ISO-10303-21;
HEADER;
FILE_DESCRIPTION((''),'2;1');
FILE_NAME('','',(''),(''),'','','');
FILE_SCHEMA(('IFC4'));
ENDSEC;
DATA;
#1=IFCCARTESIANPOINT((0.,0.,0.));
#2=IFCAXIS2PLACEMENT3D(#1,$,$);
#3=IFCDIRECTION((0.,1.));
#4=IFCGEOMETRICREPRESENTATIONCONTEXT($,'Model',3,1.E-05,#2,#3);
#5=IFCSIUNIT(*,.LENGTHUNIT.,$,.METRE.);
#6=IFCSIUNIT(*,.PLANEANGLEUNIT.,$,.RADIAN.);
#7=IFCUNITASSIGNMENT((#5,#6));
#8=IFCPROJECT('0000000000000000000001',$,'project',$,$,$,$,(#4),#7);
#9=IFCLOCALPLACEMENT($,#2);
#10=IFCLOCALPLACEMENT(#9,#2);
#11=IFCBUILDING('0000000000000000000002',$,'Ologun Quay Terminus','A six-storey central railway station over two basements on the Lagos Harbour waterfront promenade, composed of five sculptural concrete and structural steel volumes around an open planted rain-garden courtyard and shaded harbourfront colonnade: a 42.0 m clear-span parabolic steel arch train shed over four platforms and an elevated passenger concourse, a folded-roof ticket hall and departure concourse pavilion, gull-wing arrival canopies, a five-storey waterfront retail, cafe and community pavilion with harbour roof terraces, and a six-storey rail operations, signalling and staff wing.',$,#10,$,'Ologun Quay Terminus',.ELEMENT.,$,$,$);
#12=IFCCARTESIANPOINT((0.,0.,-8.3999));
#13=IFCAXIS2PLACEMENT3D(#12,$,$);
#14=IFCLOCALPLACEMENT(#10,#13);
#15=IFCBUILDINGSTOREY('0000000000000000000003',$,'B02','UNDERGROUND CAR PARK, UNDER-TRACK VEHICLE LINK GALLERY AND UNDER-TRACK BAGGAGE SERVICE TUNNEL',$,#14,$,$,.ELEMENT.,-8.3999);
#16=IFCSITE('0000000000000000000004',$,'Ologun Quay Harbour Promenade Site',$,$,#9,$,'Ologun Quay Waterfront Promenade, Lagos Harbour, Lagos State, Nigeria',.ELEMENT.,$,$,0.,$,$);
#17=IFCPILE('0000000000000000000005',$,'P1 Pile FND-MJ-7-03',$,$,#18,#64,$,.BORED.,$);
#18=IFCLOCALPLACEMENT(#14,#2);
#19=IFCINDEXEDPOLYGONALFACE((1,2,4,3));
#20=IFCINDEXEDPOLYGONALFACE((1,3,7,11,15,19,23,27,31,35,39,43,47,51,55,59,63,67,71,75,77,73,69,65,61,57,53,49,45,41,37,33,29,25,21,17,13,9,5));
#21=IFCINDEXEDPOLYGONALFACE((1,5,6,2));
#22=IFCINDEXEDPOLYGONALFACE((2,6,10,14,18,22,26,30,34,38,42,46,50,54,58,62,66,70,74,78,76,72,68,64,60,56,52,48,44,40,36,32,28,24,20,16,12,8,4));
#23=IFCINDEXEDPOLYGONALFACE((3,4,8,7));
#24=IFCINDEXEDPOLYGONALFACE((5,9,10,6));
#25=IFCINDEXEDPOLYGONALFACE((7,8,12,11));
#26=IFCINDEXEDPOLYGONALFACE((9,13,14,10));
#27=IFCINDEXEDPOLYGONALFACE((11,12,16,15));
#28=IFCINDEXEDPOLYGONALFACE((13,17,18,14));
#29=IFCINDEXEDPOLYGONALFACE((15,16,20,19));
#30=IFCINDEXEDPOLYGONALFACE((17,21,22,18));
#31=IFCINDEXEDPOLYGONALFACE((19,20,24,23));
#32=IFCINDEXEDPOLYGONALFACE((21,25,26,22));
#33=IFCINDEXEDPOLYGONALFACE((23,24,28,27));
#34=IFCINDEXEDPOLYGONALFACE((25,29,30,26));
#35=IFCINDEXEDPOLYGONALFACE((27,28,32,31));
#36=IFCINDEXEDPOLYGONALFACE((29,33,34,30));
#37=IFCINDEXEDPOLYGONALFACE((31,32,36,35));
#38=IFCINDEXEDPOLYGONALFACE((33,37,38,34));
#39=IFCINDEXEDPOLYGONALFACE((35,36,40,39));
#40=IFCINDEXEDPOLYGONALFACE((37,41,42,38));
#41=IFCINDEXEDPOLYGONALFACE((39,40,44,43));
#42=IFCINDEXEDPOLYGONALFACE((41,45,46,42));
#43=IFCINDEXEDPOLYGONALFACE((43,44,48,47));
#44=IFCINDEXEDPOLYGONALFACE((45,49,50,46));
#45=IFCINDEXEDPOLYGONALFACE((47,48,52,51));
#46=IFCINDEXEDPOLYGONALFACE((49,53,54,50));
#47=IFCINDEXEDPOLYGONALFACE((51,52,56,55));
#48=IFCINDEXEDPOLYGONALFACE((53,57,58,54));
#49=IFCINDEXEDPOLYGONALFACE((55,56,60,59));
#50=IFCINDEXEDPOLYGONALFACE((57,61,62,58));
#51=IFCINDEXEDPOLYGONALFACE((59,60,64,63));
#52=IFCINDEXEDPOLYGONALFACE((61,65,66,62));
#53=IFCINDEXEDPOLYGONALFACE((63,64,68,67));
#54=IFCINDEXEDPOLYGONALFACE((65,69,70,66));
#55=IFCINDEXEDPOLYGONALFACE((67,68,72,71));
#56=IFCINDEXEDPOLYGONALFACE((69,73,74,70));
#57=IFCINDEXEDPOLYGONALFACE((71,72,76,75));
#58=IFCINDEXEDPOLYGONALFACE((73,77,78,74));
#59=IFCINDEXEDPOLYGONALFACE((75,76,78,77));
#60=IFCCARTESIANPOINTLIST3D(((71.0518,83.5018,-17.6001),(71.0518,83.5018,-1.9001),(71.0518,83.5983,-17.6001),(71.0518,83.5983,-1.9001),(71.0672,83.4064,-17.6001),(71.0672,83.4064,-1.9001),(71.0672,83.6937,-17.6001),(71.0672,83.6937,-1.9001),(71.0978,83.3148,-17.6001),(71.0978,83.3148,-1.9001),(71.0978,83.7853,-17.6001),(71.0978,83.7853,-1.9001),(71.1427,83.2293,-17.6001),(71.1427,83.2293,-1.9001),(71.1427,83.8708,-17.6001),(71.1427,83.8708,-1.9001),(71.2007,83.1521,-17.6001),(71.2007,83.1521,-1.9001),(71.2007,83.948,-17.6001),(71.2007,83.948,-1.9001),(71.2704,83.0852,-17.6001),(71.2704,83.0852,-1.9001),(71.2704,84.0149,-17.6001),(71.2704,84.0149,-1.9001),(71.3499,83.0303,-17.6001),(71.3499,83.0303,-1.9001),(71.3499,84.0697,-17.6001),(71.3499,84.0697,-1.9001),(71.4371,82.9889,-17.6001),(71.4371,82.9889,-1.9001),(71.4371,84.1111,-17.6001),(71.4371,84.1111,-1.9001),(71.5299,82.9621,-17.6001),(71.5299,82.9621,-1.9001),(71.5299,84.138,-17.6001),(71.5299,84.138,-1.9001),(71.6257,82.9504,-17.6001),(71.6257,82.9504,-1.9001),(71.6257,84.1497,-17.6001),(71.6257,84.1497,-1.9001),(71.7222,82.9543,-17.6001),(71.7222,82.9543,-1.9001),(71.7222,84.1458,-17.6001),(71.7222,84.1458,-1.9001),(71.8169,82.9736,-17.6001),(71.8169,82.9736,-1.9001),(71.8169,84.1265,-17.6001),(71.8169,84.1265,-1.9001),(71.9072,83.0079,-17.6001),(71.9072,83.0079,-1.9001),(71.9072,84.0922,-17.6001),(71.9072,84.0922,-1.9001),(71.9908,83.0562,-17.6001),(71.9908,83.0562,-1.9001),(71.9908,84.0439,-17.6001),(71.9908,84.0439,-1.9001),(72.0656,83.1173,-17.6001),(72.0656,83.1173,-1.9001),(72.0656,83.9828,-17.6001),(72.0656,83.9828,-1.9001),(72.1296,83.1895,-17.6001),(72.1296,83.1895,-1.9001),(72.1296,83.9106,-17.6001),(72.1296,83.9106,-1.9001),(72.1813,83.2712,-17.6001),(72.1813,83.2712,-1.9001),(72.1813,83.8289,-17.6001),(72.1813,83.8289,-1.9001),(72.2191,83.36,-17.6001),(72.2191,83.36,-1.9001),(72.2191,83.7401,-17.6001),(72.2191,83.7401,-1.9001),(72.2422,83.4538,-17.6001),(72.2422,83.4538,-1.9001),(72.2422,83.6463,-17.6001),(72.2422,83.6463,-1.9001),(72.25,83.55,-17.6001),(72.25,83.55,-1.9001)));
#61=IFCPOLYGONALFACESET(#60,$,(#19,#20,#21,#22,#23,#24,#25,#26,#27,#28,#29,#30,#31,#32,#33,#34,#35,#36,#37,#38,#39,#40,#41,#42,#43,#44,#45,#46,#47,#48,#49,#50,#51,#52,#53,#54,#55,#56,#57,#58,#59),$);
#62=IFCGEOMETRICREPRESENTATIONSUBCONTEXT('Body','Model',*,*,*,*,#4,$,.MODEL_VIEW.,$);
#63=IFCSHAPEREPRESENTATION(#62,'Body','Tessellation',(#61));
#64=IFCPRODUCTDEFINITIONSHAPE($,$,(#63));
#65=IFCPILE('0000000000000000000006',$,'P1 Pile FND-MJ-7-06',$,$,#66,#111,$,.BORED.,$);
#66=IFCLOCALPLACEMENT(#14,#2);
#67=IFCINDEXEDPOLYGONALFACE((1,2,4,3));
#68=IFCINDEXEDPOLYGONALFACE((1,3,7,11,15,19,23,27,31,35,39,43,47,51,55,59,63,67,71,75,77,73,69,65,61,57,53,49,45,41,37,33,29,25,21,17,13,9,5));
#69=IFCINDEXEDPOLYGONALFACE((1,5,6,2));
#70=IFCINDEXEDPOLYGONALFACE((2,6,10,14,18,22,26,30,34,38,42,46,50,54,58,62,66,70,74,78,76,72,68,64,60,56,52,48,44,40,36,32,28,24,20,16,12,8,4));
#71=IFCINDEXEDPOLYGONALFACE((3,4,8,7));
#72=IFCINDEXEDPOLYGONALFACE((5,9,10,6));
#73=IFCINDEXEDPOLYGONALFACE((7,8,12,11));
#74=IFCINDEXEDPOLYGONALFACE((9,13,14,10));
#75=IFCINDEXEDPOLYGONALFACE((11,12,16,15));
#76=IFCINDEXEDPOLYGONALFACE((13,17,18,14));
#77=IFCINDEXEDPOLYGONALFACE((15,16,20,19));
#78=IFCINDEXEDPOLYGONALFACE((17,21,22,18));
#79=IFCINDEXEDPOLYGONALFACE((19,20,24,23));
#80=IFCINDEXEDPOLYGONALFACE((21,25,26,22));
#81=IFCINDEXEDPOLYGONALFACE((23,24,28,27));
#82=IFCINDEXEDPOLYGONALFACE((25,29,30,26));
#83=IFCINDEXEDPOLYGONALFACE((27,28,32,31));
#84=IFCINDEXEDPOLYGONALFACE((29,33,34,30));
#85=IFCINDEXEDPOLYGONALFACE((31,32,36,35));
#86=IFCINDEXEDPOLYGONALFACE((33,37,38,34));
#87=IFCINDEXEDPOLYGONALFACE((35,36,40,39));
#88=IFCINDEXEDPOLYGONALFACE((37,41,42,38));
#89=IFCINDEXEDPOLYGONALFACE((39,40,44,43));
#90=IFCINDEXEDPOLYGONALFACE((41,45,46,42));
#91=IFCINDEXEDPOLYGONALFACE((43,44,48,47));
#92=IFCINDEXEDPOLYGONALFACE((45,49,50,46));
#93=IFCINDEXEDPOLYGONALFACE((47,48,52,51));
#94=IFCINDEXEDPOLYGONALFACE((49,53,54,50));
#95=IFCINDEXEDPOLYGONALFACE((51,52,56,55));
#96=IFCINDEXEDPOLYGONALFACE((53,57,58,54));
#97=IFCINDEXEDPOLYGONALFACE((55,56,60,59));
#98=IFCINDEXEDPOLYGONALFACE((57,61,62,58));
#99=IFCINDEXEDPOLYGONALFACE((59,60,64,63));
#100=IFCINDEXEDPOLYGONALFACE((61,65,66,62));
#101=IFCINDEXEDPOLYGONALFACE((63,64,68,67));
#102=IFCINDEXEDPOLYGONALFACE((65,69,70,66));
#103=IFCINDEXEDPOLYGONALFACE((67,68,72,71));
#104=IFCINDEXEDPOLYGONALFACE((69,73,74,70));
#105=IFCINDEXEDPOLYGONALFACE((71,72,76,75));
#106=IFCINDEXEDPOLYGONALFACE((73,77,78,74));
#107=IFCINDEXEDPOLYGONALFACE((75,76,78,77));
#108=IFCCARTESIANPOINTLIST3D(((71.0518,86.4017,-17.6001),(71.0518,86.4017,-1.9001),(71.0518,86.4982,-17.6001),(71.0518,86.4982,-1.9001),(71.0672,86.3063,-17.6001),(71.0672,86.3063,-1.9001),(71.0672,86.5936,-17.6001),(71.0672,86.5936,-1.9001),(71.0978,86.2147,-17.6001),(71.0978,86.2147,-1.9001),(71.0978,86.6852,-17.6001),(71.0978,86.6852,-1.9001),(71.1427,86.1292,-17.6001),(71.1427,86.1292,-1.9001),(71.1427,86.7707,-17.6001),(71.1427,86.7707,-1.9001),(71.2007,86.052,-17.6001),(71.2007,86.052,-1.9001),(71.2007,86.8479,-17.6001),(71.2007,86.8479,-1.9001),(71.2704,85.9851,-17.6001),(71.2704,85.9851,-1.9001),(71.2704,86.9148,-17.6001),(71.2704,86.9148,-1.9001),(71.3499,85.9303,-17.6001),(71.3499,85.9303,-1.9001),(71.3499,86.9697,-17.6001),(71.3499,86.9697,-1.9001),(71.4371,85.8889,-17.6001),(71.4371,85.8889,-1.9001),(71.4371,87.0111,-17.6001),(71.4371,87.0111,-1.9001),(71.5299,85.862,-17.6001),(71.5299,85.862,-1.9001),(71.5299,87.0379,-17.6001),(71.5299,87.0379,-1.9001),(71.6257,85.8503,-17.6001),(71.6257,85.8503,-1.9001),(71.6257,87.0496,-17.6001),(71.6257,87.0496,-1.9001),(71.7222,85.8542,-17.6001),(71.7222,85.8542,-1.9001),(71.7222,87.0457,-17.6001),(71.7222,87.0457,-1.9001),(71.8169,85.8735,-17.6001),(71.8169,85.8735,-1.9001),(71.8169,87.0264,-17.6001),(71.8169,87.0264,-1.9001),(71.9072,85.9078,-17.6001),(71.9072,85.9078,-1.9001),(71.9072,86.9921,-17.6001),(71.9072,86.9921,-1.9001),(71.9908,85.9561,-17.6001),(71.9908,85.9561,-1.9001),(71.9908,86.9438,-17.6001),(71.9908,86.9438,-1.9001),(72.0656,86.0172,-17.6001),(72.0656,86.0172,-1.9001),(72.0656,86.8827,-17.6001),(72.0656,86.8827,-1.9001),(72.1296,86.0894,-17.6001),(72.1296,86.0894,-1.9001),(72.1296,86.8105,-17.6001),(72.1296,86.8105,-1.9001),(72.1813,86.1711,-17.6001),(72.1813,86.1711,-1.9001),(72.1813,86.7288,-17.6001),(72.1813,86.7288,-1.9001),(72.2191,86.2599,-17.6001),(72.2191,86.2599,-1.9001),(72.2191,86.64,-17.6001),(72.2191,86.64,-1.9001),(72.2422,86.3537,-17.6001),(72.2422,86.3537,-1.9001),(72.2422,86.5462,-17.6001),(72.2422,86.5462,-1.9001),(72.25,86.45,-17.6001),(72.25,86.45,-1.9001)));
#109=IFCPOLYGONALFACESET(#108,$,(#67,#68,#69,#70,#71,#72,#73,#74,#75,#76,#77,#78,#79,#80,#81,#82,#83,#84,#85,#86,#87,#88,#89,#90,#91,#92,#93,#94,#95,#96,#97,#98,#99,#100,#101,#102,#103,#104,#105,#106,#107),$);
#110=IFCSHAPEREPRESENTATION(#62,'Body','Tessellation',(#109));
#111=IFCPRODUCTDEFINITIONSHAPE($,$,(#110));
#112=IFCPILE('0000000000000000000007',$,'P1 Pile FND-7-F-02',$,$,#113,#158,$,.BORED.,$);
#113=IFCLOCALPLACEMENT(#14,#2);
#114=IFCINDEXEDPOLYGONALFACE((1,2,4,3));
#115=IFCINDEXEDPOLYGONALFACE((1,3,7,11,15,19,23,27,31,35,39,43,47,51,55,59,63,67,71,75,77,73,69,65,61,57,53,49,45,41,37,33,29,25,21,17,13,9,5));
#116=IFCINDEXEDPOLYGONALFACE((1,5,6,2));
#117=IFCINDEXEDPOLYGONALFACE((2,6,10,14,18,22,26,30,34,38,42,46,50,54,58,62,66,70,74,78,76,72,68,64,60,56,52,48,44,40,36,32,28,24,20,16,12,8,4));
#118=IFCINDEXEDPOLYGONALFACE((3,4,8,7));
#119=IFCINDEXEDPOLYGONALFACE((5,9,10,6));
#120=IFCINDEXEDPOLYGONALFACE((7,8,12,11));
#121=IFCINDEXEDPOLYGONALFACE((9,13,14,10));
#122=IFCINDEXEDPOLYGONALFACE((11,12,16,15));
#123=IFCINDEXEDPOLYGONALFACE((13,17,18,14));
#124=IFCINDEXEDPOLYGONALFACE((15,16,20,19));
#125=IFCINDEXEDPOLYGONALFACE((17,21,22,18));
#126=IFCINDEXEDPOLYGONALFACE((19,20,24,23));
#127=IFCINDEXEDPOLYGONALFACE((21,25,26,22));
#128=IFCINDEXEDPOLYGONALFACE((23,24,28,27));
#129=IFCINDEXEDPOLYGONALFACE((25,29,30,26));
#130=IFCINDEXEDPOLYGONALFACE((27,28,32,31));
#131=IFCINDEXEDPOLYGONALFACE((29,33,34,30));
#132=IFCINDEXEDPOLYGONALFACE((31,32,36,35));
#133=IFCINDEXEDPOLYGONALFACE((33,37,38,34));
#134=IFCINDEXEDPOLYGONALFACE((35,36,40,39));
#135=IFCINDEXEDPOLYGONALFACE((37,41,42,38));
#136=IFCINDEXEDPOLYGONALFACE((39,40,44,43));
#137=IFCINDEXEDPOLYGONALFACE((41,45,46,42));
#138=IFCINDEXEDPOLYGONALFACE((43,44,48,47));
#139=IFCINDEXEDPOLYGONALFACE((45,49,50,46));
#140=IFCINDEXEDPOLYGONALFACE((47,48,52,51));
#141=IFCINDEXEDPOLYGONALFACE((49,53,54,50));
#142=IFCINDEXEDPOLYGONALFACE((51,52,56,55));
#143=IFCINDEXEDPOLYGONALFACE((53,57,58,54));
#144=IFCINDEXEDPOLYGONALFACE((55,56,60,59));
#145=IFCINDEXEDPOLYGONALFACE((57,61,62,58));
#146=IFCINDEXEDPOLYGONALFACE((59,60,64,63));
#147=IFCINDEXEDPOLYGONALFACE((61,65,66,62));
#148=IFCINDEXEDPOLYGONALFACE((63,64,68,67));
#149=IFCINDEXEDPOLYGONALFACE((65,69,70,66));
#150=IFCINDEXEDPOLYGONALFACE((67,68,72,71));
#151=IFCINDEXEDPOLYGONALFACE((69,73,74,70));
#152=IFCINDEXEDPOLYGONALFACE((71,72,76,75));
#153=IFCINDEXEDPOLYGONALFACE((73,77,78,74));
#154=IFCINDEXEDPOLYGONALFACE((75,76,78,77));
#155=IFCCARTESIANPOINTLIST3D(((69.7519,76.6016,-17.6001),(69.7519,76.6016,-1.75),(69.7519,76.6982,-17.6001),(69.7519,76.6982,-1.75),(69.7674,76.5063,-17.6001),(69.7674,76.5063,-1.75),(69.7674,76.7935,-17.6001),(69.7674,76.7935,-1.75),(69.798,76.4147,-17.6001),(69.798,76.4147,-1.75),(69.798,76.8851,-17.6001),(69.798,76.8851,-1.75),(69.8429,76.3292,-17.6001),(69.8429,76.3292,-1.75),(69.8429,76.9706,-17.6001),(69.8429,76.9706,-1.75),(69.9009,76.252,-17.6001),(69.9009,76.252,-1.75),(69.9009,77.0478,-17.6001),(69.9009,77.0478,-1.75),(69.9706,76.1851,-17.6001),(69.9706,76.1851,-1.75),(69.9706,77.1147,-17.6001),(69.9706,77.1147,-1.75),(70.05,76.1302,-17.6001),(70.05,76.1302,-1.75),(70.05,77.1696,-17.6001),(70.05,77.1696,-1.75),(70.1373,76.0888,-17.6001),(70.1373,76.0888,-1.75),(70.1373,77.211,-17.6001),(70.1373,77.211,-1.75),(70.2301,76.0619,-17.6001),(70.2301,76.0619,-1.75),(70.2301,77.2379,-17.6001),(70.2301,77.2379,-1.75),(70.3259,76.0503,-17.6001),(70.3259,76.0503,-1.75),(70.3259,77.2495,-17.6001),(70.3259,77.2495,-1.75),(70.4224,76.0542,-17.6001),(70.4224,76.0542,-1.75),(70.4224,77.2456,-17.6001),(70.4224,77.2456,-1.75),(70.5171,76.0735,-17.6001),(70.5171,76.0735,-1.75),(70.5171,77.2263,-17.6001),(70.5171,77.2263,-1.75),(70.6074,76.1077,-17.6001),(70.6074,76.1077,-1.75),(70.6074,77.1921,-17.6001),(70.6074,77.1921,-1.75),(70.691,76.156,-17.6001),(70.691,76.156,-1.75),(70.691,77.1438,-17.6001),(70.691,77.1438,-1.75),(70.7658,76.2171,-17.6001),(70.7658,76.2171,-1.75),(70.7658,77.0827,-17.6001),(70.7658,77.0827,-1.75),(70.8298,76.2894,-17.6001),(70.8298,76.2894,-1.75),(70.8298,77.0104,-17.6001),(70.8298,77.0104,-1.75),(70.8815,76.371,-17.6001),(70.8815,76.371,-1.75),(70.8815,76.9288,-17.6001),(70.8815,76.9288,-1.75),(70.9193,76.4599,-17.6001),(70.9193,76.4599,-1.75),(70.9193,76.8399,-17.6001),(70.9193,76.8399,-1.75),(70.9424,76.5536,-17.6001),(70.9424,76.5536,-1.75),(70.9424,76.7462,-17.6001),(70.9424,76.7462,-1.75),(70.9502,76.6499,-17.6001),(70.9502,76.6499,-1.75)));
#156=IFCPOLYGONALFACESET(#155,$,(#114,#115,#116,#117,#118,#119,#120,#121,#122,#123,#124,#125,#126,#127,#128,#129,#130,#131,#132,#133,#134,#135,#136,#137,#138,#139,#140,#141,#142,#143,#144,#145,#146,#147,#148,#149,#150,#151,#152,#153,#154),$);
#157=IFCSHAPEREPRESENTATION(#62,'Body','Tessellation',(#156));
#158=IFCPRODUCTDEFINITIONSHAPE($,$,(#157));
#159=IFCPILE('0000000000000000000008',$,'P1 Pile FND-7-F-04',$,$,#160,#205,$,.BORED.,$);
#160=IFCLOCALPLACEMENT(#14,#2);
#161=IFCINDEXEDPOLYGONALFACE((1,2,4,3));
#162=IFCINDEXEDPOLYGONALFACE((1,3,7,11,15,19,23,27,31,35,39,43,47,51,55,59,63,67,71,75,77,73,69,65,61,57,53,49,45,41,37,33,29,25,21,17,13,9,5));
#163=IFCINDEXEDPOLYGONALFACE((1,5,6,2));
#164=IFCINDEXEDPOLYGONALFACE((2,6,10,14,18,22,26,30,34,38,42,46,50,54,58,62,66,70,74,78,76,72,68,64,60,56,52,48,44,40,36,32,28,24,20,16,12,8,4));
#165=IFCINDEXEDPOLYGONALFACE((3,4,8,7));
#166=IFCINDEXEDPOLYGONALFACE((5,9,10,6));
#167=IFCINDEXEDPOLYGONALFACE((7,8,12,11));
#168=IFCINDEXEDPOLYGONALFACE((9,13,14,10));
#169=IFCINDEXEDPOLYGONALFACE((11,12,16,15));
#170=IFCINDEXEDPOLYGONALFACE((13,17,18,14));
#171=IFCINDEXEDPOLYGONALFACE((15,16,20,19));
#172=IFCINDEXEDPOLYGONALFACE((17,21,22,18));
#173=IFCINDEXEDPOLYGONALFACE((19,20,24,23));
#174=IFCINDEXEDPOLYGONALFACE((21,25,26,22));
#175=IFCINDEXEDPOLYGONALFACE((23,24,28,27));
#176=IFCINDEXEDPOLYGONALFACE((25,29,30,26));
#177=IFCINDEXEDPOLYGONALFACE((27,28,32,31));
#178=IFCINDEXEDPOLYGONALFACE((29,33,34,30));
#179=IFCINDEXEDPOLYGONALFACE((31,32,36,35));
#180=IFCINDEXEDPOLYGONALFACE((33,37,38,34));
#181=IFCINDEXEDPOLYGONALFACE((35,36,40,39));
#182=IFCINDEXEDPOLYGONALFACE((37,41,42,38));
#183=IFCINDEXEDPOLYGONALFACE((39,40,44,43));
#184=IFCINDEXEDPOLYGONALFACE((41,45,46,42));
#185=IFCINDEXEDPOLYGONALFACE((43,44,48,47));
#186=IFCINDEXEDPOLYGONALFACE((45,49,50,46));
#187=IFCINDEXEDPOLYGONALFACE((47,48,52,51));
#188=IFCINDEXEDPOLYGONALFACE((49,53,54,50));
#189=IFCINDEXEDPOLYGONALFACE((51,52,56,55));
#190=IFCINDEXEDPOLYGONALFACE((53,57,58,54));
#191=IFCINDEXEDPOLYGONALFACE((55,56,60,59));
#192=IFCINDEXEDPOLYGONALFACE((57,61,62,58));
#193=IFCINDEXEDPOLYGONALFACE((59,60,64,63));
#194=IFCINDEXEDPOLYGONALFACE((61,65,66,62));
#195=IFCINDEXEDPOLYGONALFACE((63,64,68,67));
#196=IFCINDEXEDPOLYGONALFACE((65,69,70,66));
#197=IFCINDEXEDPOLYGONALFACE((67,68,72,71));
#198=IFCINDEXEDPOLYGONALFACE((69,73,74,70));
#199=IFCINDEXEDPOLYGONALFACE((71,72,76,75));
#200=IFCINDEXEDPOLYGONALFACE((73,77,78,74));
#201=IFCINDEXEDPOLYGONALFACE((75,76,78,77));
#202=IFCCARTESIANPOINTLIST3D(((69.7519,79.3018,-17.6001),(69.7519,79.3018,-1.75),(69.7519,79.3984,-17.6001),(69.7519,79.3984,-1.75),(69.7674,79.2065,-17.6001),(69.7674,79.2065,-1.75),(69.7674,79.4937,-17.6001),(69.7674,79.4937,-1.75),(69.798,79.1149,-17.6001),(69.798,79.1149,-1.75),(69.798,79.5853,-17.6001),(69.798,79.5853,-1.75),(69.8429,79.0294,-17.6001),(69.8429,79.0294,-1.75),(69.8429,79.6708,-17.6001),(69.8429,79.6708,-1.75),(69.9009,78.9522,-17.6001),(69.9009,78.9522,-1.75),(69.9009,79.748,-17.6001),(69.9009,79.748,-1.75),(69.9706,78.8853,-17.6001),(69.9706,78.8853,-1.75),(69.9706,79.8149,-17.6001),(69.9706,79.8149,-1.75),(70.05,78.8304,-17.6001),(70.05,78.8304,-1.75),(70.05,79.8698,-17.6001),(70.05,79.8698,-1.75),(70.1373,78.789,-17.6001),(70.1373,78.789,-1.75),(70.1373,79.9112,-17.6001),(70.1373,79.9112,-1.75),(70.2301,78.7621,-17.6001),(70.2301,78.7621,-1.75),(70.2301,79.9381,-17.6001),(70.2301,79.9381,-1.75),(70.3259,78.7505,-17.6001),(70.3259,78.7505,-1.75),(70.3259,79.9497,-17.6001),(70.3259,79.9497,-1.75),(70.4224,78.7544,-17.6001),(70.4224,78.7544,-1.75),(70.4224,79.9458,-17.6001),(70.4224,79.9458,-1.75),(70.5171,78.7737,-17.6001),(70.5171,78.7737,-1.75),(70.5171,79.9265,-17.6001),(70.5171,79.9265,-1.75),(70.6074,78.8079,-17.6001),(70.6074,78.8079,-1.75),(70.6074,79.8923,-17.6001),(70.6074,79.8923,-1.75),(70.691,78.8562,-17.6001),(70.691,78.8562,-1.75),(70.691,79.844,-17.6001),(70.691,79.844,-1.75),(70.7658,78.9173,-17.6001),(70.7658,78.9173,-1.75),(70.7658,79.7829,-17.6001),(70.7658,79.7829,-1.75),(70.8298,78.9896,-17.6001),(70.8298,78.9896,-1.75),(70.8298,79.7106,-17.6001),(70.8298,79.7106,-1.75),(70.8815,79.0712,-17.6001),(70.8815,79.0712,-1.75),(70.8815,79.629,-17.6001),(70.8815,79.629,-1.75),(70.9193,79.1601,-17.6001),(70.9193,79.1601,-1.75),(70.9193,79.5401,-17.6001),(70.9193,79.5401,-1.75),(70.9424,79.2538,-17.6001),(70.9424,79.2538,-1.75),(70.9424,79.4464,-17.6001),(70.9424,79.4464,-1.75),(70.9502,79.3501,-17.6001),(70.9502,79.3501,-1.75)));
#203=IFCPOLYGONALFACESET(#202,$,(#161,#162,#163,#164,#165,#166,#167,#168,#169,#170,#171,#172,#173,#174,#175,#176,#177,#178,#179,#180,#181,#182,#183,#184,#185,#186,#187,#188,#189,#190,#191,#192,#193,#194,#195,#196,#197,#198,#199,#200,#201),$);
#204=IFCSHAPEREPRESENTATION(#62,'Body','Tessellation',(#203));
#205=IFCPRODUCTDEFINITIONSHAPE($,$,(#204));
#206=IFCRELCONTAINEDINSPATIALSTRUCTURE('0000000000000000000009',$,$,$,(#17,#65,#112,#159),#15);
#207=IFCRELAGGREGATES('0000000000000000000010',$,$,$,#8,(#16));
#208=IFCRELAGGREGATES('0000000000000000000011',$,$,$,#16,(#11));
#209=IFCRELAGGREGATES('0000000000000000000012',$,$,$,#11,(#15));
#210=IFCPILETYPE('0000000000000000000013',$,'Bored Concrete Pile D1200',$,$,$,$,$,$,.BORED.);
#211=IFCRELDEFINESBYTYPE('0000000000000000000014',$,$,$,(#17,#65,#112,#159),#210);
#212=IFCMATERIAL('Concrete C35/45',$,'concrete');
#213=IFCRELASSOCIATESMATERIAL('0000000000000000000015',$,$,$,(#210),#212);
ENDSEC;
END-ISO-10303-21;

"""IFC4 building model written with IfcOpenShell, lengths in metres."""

from ifc_helpers import new_model, si_unit, direction, frame, origin, origin_2d, place, context, subcontext, project, spatial, circle, extrude, material, material_profile, profile_set, type_object, element, save


model = new_model("IFC4")

# Units and contexts
model_context = context("Model", 3, precision=1e-05, world=origin(), true_north=direction((0.0, 1.0)))
body_context = subcontext(model_context, "Body", "Model", "MODEL_VIEW")
ifc_project = project(units=[si_unit("LENGTHUNIT", "METRE"), si_unit("PLANEANGLEUNIT", "RADIAN")], contexts=[model_context])

# Site, building, storey
site_placement = place(None, origin())
site = spatial("IfcSite", under=ifc_project, at=site_placement, Name="Ologun Quay Harbour Promenade Site", LongName="Ologun Quay Waterfront Promenade, Lagos Harbour, Lagos State, Nigeria", CompositionType="ELEMENT", RefElevation=0.0)
building_placement = place(site_placement, origin())
building = spatial("IfcBuilding", under=site, at=building_placement, Name="Ologun Quay Terminus", Description="A six-storey central railway station over two basements on the Lagos Harbour waterfront promenade, composed of five sculptural concrete and structural steel volumes around an open planted rain-garden courtyard and shaded harbourfront colonnade: a 42.0 m clear-span parabolic steel arch train shed over four platforms and an elevated passenger concourse, a folded-roof ticket hall and departure concourse pavilion, gull-wing arrival canopies, a five-storey waterfront retail, cafe and community pavilion with harbour roof terraces, and a six-storey rail operations, signalling and staff wing.", LongName="Ologun Quay Terminus", CompositionType="ELEMENT")
storey_placement = place(building_placement, frame((0.0, 0.0, -8.3999)))
storey = spatial("IfcBuildingStorey", under=building, at=storey_placement, Name="B02", Description="UNDERGROUND CAR PARK, UNDER-TRACK VEHICLE LINK GALLERY AND UNDER-TRACK BAGGAGE SERVICE TUNNEL", CompositionType="ELEMENT", Elevation=-8.3999)

# Piles
ifc_material_1 = material(Name="Concrete C35/45", Category="concrete")
ifc_material_profile_1 = material_profile(ifc_material_1, circle(Radius=0.6001, at=origin_2d()), Name="PILE D1200")
ifc_profile_set_1 = profile_set([ifc_material_profile_1], Name="Concrete C35/45")
pile_type_1 = type_object("IfcPileType", Name="Bored Concrete Pile D1200", PredefinedType="BORED", material=ifc_profile_set_1)
for number, where, z_axis, x_axis, name in (
    (1, (71.6499, 83.55, -1.9001), (0.0, 0.0, -1.0), (1.0, 0.0, 0.0), "P1 Pile FND-MJ-7-03"),
    (2, (71.6499, 86.45, -1.9001), (0.0, 0.0, -1.0), (1.0, 0.0, 0.0), "P1 Pile FND-MJ-7-06"),
):
    element("IfcPile", number, at=place(storey_placement, frame(where, z_axis=z_axis, x_axis=x_axis)), inside=storey, type_object=pile_type_1, Name=name, PredefinedType="BORED", context=body_context, shape_type="SweptSolid", body=[
        extrude(circle(Radius=0.6001, at=origin_2d()), origin(), (0.0, 0.0, 1.0), 15.7),
    ])
for number, where, z_axis, x_axis, name in (
    (3, (70.3501, 76.6499, -1.75), (0.0, 0.0, -1.0), (1.0, 0.0, 0.0), "P1 Pile FND-7-F-02"),
    (4, (70.3501, 79.3501, -1.75), (0.0, 0.0, -1.0), (1.0, 0.0, 0.0), "P1 Pile FND-7-F-04"),
):
    element("IfcPile", number, at=place(storey_placement, frame(where, z_axis=z_axis, x_axis=x_axis)), inside=storey, type_object=pile_type_1, Name=name, PredefinedType="BORED", context=body_context, shape_type="SweptSolid", body=[
        extrude(circle(Radius=0.6001, at=origin_2d()), origin(), (0.0, 0.0, 1.0), 15.8501),
    ])

save(model, "model.ifc")
